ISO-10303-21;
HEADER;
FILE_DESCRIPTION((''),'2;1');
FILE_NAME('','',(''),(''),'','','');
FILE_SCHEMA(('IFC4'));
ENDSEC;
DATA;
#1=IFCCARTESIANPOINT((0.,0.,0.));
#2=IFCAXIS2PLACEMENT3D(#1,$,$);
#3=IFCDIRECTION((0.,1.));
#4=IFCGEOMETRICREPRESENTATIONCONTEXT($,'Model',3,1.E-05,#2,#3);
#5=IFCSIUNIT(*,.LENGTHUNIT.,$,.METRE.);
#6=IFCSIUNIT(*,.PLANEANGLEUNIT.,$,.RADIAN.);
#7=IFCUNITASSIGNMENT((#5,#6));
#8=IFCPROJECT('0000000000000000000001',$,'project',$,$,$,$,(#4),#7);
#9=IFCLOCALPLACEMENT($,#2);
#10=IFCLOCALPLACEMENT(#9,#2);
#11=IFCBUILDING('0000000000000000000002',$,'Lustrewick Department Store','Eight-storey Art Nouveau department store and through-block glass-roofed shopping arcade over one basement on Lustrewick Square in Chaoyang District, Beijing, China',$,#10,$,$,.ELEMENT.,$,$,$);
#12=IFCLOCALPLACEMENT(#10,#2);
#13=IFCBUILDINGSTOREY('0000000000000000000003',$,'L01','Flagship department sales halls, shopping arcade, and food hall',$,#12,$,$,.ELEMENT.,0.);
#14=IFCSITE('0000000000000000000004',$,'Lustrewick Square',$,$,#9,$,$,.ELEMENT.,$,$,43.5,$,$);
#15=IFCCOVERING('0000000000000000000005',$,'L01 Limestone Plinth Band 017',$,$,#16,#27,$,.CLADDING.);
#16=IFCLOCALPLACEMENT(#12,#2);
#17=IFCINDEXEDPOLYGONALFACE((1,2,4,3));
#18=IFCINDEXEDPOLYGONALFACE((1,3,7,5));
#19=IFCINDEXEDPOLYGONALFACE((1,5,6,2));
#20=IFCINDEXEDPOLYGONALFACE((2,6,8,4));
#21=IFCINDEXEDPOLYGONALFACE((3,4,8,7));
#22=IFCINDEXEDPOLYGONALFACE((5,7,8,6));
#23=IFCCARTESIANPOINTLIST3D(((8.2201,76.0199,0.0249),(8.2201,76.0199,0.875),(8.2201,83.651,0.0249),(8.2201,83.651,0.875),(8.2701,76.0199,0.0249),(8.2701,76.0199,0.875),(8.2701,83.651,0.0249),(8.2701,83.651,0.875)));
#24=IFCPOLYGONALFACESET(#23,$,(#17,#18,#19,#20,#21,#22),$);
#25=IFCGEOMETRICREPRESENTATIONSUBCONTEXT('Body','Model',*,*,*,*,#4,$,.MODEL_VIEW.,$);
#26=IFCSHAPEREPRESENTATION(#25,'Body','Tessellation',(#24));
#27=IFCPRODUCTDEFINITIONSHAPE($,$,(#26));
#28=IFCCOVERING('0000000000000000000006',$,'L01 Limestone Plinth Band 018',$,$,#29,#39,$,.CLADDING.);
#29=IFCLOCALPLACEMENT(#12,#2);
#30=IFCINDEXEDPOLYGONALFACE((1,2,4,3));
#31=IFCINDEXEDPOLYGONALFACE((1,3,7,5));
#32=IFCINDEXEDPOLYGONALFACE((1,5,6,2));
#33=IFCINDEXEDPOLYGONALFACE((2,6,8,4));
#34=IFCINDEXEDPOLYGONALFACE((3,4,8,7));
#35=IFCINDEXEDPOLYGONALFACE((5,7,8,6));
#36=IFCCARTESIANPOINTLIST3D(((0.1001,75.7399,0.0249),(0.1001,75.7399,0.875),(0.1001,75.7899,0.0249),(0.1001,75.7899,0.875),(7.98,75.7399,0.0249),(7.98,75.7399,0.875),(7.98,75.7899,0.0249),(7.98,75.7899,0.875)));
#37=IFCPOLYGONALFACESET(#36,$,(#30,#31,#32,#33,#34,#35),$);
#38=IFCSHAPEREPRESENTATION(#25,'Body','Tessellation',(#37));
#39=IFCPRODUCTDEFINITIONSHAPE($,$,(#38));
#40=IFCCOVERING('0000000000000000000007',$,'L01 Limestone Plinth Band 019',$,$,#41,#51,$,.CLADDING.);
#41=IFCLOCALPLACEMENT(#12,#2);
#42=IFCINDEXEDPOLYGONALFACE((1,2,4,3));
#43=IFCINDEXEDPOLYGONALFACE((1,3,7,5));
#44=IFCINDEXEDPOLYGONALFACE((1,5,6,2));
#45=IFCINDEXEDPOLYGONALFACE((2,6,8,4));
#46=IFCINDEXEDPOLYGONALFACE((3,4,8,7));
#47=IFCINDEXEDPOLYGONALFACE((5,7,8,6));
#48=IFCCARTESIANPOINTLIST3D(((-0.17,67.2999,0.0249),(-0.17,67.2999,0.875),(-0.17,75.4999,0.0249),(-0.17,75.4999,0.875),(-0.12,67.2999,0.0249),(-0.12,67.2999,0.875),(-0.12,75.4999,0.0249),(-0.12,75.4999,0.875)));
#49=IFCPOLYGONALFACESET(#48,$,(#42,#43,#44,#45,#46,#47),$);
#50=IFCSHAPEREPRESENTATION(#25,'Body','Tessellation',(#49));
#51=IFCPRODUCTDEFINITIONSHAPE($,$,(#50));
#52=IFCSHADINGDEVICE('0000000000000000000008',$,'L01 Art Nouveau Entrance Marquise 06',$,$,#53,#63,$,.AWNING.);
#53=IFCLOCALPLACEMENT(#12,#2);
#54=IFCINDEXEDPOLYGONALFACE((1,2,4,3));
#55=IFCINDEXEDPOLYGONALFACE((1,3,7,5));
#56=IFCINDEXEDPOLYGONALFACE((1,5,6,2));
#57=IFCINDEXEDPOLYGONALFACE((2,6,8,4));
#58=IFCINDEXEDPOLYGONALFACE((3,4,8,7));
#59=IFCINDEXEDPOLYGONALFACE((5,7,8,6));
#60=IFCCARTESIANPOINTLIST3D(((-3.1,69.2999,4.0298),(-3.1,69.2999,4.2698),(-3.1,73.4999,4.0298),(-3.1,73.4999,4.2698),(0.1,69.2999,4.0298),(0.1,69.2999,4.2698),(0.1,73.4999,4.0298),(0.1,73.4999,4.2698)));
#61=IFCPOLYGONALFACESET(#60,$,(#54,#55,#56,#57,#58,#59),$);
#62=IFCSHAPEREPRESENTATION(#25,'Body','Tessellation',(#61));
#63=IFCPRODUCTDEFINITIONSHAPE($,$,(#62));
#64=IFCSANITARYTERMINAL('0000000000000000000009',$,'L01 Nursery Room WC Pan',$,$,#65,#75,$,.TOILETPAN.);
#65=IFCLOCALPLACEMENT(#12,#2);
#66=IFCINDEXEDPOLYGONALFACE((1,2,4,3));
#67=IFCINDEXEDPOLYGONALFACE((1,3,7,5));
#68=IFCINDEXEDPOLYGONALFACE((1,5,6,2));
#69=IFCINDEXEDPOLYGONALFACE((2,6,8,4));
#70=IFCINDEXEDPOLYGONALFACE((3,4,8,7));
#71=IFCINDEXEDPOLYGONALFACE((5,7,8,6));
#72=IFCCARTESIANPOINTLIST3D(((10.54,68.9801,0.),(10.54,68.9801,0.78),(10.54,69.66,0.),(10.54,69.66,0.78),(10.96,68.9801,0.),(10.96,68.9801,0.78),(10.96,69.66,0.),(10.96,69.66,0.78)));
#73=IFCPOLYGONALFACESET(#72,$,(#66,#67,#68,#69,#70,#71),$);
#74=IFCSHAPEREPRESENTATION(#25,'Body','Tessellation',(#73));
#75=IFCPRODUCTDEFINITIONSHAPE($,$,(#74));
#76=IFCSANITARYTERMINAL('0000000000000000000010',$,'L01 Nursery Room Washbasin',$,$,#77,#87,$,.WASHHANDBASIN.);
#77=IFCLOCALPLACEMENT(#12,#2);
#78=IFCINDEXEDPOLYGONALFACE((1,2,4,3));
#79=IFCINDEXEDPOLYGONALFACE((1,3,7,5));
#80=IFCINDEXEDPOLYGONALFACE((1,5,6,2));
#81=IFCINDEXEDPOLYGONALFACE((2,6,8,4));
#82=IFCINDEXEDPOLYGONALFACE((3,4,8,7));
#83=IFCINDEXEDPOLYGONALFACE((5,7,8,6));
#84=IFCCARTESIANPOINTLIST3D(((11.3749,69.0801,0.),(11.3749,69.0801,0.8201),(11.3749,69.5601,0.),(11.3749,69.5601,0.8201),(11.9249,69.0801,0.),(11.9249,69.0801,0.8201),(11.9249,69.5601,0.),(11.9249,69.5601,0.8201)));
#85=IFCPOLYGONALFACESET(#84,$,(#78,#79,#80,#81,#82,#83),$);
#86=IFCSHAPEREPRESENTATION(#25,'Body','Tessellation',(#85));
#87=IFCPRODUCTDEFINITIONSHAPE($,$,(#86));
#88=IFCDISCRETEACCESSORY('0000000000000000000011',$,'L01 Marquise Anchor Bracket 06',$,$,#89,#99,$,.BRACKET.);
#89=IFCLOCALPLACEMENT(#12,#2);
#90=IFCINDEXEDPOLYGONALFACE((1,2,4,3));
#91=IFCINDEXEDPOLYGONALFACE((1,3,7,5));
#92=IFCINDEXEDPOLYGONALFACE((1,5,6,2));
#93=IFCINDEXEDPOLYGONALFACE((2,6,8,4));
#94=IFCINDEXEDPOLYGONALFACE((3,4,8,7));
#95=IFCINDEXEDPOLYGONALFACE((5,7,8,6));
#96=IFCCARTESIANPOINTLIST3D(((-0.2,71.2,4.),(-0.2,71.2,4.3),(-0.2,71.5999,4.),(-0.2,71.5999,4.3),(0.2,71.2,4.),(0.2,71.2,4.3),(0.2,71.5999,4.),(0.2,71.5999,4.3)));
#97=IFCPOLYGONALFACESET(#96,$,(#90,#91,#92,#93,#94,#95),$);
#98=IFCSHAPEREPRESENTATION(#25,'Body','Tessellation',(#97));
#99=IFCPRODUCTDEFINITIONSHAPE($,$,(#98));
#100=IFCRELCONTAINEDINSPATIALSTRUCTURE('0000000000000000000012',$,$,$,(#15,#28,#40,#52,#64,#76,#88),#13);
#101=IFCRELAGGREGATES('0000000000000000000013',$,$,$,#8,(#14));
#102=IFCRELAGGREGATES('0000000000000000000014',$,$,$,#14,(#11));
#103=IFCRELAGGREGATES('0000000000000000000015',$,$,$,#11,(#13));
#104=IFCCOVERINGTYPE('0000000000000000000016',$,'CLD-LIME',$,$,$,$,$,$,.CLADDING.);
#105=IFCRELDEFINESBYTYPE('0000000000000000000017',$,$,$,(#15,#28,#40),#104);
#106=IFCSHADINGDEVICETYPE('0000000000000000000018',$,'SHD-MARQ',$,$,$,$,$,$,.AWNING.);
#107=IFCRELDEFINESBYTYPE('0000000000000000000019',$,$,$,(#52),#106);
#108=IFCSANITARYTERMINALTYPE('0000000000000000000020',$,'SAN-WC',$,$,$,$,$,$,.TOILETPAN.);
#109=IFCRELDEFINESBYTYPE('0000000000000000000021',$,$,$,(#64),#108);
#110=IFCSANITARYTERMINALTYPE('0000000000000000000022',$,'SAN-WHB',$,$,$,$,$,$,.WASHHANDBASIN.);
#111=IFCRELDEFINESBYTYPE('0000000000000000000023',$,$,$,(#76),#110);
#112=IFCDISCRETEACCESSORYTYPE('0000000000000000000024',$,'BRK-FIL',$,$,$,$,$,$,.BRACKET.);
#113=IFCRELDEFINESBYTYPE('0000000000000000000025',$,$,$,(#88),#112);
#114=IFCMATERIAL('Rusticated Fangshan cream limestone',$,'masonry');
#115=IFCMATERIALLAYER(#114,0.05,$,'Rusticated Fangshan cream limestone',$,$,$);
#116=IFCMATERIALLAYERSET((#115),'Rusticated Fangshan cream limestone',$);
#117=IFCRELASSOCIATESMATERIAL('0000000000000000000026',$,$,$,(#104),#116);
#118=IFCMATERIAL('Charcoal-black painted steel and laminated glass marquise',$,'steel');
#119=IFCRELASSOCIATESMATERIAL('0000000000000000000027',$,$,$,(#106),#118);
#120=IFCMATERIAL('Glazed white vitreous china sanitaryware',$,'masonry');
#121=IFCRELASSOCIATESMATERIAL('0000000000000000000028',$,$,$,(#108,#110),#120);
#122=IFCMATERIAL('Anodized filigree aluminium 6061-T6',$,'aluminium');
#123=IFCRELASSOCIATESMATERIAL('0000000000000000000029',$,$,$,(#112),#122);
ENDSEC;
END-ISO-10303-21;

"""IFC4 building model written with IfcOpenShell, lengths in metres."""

from ifc_helpers import new_model, si_unit, direction, frame, origin, origin_2d, place, context, subcontext, project, spatial, rectangle, extrude, material, layer, layer_set, type_object, element, save


model = new_model("IFC4")

# Units and contexts
model_context = context("Model", 3, precision=1e-05, world=origin(), true_north=direction((0.0, 1.0)))
body_context = subcontext(model_context, "Body", "Model", "MODEL_VIEW")
ifc_project = project(units=[si_unit("LENGTHUNIT", "METRE"), si_unit("PLANEANGLEUNIT", "RADIAN")], contexts=[model_context])

# Site, building, storey
site_placement = place(None, origin())
site = spatial("IfcSite", under=ifc_project, at=site_placement, Name="Lustrewick Square", CompositionType="ELEMENT", RefElevation=43.5)
building_placement = place(site_placement, origin())
building = spatial("IfcBuilding", under=site, at=building_placement, Name="Lustrewick Department Store", Description="Eight-storey Art Nouveau department store and through-block glass-roofed shopping arcade over one basement on Lustrewick Square in Chaoyang District, Beijing, China", CompositionType="ELEMENT")
storey_placement = place(building_placement, origin())
storey = spatial("IfcBuildingStorey", under=building, at=storey_placement, Name="L01", Description="Flagship department sales halls, shopping arcade, and food hall", CompositionType="ELEMENT", Elevation=0.0)

# Coverings
ifc_material_1 = material(Name="Rusticated Fangshan cream limestone", Category="masonry")
ifc_layer_1 = layer(ifc_material_1, 0.05, Name="Rusticated Fangshan cream limestone")
ifc_layer_set_1 = layer_set([ifc_layer_1], Name="Rusticated Fangshan cream limestone")
covering_type = type_object("IfcCoveringType", Name="CLD-LIME", PredefinedType="CLADDING", material=ifc_layer_set_1)
covering_1_placement = place(storey_placement, frame((8.2451, 79.8354, 0.0249), z_axis=(0.0, 0.0, 1.0), x_axis=(0.0, -1.0, 0.0)))
element("IfcCovering", 1, at=covering_1_placement, inside=storey, type_object=covering_type, Name="L01 Limestone Plinth Band 017", PredefinedType="CLADDING", context=body_context, shape_type="SweptSolid", body=[
    extrude(rectangle(XDim=7.6311, YDim=0.05, at=origin_2d()), origin(), (0.0, 0.0, 1.0), 0.8501),
])
covering_2_placement = place(storey_placement, frame((4.04, 75.7649, 0.0249), z_axis=(0.0, 0.0, 1.0), x_axis=(-1.0, 0.0, 0.0)))
element("IfcCovering", 2, at=covering_2_placement, inside=storey, type_object=covering_type, Name="L01 Limestone Plinth Band 018", PredefinedType="CLADDING", context=body_context, shape_type="SweptSolid", body=[
    extrude(rectangle(XDim=7.8799, YDim=0.05, at=origin_2d()), origin(), (0.0, 0.0, 1.0), 0.8501),
])
covering_3_placement = place(storey_placement, frame((-0.145, 71.3999, 0.0249), z_axis=(0.0, 0.0, 1.0), x_axis=(0.0, -1.0, 0.0)))
element("IfcCovering", 3, at=covering_3_placement, inside=storey, type_object=covering_type, Name="L01 Limestone Plinth Band 019", PredefinedType="CLADDING", context=body_context, shape_type="SweptSolid", body=[
    extrude(rectangle(XDim=8.2, YDim=0.05, at=origin_2d()), origin(), (0.0, 0.0, 1.0), 0.8501),
])

# Shading device
ifc_material_2 = material(Name="Charcoal-black painted steel and laminated glass marquise", Category="steel")
shading_device_type = type_object("IfcShadingDeviceType", Name="SHD-MARQ", PredefinedType="AWNING", material=ifc_material_2)
shading_device_placement = place(storey_placement, frame((-1.5, 71.3999, 4.0298), z_axis=(0.0, 0.0, 1.0), x_axis=(0.0, 1.0, 0.0)))
element("IfcShadingDevice", 4, at=shading_device_placement, inside=storey, type_object=shading_device_type, Name="L01 Art Nouveau Entrance Marquise 06", PredefinedType="AWNING", context=body_context, shape_type="SweptSolid", body=[
    extrude(rectangle(XDim=4.2, YDim=3.2, at=origin_2d()), origin(), (0.0, 0.0, 1.0), 0.24),
])

# Sanitary terminals
ifc_material_3 = material(Name="Glazed white vitreous china sanitaryware", Category="masonry")
sanitary_terminal_type_1 = type_object("IfcSanitaryTerminalType", Name="SAN-WC", PredefinedType="TOILETPAN", material=ifc_material_3)
sanitary_terminal_1_placement = place(storey_placement, frame((10.75, 69.3201, 0.0), z_axis=(0.0, 0.0, 1.0), x_axis=(1.0, 0.0, 0.0)))
element("IfcSanitaryTerminal", 5, at=sanitary_terminal_1_placement, inside=storey, type_object=sanitary_terminal_type_1, Name="L01 Nursery Room WC Pan", PredefinedType="TOILETPAN", context=body_context, shape_type="SweptSolid", body=[
    extrude(rectangle(XDim=0.4199, YDim=0.6799, at=origin_2d()), origin(), (0.0, 0.0, 1.0), 0.78),
])
sanitary_terminal_type_2 = type_object("IfcSanitaryTerminalType", Name="SAN-WHB", PredefinedType="WASHHANDBASIN", material=ifc_material_3)
sanitary_terminal_2_placement = place(storey_placement, frame((11.6499, 69.3201, 0.0), z_axis=(0.0, 0.0, 1.0), x_axis=(1.0, 0.0, 0.0)))
element("IfcSanitaryTerminal", 6, at=sanitary_terminal_2_placement, inside=storey, type_object=sanitary_terminal_type_2, Name="L01 Nursery Room Washbasin", PredefinedType="WASHHANDBASIN", context=body_context, shape_type="SweptSolid", body=[
    extrude(rectangle(XDim=0.55, YDim=0.48, at=origin_2d()), origin(), (0.0, 0.0, 1.0), 0.8201),
])

# Discrete accessory
ifc_material_4 = material(Name="Anodized filigree aluminium 6061-T6", Category="aluminium")
discrete_accessory_type = type_object("IfcDiscreteAccessoryType", Name="BRK-FIL", PredefinedType="BRACKET", material=ifc_material_4)
discrete_accessory_placement = place(storey_placement, frame((0.0, 71.3999, 4.0), z_axis=(0.0, 0.0, 1.0), x_axis=(0.0, 1.0, 0.0)))
element("IfcDiscreteAccessory", 7, at=discrete_accessory_placement, inside=storey, type_object=discrete_accessory_type, Name="L01 Marquise Anchor Bracket 06", PredefinedType="BRACKET", context=body_context, shape_type="SweptSolid", body=[
    extrude(rectangle(XDim=0.3999, YDim=0.3999, at=origin_2d()), origin(), (0.0, 0.0, 1.0), 0.3),
])

save(model, "model.ifc")
